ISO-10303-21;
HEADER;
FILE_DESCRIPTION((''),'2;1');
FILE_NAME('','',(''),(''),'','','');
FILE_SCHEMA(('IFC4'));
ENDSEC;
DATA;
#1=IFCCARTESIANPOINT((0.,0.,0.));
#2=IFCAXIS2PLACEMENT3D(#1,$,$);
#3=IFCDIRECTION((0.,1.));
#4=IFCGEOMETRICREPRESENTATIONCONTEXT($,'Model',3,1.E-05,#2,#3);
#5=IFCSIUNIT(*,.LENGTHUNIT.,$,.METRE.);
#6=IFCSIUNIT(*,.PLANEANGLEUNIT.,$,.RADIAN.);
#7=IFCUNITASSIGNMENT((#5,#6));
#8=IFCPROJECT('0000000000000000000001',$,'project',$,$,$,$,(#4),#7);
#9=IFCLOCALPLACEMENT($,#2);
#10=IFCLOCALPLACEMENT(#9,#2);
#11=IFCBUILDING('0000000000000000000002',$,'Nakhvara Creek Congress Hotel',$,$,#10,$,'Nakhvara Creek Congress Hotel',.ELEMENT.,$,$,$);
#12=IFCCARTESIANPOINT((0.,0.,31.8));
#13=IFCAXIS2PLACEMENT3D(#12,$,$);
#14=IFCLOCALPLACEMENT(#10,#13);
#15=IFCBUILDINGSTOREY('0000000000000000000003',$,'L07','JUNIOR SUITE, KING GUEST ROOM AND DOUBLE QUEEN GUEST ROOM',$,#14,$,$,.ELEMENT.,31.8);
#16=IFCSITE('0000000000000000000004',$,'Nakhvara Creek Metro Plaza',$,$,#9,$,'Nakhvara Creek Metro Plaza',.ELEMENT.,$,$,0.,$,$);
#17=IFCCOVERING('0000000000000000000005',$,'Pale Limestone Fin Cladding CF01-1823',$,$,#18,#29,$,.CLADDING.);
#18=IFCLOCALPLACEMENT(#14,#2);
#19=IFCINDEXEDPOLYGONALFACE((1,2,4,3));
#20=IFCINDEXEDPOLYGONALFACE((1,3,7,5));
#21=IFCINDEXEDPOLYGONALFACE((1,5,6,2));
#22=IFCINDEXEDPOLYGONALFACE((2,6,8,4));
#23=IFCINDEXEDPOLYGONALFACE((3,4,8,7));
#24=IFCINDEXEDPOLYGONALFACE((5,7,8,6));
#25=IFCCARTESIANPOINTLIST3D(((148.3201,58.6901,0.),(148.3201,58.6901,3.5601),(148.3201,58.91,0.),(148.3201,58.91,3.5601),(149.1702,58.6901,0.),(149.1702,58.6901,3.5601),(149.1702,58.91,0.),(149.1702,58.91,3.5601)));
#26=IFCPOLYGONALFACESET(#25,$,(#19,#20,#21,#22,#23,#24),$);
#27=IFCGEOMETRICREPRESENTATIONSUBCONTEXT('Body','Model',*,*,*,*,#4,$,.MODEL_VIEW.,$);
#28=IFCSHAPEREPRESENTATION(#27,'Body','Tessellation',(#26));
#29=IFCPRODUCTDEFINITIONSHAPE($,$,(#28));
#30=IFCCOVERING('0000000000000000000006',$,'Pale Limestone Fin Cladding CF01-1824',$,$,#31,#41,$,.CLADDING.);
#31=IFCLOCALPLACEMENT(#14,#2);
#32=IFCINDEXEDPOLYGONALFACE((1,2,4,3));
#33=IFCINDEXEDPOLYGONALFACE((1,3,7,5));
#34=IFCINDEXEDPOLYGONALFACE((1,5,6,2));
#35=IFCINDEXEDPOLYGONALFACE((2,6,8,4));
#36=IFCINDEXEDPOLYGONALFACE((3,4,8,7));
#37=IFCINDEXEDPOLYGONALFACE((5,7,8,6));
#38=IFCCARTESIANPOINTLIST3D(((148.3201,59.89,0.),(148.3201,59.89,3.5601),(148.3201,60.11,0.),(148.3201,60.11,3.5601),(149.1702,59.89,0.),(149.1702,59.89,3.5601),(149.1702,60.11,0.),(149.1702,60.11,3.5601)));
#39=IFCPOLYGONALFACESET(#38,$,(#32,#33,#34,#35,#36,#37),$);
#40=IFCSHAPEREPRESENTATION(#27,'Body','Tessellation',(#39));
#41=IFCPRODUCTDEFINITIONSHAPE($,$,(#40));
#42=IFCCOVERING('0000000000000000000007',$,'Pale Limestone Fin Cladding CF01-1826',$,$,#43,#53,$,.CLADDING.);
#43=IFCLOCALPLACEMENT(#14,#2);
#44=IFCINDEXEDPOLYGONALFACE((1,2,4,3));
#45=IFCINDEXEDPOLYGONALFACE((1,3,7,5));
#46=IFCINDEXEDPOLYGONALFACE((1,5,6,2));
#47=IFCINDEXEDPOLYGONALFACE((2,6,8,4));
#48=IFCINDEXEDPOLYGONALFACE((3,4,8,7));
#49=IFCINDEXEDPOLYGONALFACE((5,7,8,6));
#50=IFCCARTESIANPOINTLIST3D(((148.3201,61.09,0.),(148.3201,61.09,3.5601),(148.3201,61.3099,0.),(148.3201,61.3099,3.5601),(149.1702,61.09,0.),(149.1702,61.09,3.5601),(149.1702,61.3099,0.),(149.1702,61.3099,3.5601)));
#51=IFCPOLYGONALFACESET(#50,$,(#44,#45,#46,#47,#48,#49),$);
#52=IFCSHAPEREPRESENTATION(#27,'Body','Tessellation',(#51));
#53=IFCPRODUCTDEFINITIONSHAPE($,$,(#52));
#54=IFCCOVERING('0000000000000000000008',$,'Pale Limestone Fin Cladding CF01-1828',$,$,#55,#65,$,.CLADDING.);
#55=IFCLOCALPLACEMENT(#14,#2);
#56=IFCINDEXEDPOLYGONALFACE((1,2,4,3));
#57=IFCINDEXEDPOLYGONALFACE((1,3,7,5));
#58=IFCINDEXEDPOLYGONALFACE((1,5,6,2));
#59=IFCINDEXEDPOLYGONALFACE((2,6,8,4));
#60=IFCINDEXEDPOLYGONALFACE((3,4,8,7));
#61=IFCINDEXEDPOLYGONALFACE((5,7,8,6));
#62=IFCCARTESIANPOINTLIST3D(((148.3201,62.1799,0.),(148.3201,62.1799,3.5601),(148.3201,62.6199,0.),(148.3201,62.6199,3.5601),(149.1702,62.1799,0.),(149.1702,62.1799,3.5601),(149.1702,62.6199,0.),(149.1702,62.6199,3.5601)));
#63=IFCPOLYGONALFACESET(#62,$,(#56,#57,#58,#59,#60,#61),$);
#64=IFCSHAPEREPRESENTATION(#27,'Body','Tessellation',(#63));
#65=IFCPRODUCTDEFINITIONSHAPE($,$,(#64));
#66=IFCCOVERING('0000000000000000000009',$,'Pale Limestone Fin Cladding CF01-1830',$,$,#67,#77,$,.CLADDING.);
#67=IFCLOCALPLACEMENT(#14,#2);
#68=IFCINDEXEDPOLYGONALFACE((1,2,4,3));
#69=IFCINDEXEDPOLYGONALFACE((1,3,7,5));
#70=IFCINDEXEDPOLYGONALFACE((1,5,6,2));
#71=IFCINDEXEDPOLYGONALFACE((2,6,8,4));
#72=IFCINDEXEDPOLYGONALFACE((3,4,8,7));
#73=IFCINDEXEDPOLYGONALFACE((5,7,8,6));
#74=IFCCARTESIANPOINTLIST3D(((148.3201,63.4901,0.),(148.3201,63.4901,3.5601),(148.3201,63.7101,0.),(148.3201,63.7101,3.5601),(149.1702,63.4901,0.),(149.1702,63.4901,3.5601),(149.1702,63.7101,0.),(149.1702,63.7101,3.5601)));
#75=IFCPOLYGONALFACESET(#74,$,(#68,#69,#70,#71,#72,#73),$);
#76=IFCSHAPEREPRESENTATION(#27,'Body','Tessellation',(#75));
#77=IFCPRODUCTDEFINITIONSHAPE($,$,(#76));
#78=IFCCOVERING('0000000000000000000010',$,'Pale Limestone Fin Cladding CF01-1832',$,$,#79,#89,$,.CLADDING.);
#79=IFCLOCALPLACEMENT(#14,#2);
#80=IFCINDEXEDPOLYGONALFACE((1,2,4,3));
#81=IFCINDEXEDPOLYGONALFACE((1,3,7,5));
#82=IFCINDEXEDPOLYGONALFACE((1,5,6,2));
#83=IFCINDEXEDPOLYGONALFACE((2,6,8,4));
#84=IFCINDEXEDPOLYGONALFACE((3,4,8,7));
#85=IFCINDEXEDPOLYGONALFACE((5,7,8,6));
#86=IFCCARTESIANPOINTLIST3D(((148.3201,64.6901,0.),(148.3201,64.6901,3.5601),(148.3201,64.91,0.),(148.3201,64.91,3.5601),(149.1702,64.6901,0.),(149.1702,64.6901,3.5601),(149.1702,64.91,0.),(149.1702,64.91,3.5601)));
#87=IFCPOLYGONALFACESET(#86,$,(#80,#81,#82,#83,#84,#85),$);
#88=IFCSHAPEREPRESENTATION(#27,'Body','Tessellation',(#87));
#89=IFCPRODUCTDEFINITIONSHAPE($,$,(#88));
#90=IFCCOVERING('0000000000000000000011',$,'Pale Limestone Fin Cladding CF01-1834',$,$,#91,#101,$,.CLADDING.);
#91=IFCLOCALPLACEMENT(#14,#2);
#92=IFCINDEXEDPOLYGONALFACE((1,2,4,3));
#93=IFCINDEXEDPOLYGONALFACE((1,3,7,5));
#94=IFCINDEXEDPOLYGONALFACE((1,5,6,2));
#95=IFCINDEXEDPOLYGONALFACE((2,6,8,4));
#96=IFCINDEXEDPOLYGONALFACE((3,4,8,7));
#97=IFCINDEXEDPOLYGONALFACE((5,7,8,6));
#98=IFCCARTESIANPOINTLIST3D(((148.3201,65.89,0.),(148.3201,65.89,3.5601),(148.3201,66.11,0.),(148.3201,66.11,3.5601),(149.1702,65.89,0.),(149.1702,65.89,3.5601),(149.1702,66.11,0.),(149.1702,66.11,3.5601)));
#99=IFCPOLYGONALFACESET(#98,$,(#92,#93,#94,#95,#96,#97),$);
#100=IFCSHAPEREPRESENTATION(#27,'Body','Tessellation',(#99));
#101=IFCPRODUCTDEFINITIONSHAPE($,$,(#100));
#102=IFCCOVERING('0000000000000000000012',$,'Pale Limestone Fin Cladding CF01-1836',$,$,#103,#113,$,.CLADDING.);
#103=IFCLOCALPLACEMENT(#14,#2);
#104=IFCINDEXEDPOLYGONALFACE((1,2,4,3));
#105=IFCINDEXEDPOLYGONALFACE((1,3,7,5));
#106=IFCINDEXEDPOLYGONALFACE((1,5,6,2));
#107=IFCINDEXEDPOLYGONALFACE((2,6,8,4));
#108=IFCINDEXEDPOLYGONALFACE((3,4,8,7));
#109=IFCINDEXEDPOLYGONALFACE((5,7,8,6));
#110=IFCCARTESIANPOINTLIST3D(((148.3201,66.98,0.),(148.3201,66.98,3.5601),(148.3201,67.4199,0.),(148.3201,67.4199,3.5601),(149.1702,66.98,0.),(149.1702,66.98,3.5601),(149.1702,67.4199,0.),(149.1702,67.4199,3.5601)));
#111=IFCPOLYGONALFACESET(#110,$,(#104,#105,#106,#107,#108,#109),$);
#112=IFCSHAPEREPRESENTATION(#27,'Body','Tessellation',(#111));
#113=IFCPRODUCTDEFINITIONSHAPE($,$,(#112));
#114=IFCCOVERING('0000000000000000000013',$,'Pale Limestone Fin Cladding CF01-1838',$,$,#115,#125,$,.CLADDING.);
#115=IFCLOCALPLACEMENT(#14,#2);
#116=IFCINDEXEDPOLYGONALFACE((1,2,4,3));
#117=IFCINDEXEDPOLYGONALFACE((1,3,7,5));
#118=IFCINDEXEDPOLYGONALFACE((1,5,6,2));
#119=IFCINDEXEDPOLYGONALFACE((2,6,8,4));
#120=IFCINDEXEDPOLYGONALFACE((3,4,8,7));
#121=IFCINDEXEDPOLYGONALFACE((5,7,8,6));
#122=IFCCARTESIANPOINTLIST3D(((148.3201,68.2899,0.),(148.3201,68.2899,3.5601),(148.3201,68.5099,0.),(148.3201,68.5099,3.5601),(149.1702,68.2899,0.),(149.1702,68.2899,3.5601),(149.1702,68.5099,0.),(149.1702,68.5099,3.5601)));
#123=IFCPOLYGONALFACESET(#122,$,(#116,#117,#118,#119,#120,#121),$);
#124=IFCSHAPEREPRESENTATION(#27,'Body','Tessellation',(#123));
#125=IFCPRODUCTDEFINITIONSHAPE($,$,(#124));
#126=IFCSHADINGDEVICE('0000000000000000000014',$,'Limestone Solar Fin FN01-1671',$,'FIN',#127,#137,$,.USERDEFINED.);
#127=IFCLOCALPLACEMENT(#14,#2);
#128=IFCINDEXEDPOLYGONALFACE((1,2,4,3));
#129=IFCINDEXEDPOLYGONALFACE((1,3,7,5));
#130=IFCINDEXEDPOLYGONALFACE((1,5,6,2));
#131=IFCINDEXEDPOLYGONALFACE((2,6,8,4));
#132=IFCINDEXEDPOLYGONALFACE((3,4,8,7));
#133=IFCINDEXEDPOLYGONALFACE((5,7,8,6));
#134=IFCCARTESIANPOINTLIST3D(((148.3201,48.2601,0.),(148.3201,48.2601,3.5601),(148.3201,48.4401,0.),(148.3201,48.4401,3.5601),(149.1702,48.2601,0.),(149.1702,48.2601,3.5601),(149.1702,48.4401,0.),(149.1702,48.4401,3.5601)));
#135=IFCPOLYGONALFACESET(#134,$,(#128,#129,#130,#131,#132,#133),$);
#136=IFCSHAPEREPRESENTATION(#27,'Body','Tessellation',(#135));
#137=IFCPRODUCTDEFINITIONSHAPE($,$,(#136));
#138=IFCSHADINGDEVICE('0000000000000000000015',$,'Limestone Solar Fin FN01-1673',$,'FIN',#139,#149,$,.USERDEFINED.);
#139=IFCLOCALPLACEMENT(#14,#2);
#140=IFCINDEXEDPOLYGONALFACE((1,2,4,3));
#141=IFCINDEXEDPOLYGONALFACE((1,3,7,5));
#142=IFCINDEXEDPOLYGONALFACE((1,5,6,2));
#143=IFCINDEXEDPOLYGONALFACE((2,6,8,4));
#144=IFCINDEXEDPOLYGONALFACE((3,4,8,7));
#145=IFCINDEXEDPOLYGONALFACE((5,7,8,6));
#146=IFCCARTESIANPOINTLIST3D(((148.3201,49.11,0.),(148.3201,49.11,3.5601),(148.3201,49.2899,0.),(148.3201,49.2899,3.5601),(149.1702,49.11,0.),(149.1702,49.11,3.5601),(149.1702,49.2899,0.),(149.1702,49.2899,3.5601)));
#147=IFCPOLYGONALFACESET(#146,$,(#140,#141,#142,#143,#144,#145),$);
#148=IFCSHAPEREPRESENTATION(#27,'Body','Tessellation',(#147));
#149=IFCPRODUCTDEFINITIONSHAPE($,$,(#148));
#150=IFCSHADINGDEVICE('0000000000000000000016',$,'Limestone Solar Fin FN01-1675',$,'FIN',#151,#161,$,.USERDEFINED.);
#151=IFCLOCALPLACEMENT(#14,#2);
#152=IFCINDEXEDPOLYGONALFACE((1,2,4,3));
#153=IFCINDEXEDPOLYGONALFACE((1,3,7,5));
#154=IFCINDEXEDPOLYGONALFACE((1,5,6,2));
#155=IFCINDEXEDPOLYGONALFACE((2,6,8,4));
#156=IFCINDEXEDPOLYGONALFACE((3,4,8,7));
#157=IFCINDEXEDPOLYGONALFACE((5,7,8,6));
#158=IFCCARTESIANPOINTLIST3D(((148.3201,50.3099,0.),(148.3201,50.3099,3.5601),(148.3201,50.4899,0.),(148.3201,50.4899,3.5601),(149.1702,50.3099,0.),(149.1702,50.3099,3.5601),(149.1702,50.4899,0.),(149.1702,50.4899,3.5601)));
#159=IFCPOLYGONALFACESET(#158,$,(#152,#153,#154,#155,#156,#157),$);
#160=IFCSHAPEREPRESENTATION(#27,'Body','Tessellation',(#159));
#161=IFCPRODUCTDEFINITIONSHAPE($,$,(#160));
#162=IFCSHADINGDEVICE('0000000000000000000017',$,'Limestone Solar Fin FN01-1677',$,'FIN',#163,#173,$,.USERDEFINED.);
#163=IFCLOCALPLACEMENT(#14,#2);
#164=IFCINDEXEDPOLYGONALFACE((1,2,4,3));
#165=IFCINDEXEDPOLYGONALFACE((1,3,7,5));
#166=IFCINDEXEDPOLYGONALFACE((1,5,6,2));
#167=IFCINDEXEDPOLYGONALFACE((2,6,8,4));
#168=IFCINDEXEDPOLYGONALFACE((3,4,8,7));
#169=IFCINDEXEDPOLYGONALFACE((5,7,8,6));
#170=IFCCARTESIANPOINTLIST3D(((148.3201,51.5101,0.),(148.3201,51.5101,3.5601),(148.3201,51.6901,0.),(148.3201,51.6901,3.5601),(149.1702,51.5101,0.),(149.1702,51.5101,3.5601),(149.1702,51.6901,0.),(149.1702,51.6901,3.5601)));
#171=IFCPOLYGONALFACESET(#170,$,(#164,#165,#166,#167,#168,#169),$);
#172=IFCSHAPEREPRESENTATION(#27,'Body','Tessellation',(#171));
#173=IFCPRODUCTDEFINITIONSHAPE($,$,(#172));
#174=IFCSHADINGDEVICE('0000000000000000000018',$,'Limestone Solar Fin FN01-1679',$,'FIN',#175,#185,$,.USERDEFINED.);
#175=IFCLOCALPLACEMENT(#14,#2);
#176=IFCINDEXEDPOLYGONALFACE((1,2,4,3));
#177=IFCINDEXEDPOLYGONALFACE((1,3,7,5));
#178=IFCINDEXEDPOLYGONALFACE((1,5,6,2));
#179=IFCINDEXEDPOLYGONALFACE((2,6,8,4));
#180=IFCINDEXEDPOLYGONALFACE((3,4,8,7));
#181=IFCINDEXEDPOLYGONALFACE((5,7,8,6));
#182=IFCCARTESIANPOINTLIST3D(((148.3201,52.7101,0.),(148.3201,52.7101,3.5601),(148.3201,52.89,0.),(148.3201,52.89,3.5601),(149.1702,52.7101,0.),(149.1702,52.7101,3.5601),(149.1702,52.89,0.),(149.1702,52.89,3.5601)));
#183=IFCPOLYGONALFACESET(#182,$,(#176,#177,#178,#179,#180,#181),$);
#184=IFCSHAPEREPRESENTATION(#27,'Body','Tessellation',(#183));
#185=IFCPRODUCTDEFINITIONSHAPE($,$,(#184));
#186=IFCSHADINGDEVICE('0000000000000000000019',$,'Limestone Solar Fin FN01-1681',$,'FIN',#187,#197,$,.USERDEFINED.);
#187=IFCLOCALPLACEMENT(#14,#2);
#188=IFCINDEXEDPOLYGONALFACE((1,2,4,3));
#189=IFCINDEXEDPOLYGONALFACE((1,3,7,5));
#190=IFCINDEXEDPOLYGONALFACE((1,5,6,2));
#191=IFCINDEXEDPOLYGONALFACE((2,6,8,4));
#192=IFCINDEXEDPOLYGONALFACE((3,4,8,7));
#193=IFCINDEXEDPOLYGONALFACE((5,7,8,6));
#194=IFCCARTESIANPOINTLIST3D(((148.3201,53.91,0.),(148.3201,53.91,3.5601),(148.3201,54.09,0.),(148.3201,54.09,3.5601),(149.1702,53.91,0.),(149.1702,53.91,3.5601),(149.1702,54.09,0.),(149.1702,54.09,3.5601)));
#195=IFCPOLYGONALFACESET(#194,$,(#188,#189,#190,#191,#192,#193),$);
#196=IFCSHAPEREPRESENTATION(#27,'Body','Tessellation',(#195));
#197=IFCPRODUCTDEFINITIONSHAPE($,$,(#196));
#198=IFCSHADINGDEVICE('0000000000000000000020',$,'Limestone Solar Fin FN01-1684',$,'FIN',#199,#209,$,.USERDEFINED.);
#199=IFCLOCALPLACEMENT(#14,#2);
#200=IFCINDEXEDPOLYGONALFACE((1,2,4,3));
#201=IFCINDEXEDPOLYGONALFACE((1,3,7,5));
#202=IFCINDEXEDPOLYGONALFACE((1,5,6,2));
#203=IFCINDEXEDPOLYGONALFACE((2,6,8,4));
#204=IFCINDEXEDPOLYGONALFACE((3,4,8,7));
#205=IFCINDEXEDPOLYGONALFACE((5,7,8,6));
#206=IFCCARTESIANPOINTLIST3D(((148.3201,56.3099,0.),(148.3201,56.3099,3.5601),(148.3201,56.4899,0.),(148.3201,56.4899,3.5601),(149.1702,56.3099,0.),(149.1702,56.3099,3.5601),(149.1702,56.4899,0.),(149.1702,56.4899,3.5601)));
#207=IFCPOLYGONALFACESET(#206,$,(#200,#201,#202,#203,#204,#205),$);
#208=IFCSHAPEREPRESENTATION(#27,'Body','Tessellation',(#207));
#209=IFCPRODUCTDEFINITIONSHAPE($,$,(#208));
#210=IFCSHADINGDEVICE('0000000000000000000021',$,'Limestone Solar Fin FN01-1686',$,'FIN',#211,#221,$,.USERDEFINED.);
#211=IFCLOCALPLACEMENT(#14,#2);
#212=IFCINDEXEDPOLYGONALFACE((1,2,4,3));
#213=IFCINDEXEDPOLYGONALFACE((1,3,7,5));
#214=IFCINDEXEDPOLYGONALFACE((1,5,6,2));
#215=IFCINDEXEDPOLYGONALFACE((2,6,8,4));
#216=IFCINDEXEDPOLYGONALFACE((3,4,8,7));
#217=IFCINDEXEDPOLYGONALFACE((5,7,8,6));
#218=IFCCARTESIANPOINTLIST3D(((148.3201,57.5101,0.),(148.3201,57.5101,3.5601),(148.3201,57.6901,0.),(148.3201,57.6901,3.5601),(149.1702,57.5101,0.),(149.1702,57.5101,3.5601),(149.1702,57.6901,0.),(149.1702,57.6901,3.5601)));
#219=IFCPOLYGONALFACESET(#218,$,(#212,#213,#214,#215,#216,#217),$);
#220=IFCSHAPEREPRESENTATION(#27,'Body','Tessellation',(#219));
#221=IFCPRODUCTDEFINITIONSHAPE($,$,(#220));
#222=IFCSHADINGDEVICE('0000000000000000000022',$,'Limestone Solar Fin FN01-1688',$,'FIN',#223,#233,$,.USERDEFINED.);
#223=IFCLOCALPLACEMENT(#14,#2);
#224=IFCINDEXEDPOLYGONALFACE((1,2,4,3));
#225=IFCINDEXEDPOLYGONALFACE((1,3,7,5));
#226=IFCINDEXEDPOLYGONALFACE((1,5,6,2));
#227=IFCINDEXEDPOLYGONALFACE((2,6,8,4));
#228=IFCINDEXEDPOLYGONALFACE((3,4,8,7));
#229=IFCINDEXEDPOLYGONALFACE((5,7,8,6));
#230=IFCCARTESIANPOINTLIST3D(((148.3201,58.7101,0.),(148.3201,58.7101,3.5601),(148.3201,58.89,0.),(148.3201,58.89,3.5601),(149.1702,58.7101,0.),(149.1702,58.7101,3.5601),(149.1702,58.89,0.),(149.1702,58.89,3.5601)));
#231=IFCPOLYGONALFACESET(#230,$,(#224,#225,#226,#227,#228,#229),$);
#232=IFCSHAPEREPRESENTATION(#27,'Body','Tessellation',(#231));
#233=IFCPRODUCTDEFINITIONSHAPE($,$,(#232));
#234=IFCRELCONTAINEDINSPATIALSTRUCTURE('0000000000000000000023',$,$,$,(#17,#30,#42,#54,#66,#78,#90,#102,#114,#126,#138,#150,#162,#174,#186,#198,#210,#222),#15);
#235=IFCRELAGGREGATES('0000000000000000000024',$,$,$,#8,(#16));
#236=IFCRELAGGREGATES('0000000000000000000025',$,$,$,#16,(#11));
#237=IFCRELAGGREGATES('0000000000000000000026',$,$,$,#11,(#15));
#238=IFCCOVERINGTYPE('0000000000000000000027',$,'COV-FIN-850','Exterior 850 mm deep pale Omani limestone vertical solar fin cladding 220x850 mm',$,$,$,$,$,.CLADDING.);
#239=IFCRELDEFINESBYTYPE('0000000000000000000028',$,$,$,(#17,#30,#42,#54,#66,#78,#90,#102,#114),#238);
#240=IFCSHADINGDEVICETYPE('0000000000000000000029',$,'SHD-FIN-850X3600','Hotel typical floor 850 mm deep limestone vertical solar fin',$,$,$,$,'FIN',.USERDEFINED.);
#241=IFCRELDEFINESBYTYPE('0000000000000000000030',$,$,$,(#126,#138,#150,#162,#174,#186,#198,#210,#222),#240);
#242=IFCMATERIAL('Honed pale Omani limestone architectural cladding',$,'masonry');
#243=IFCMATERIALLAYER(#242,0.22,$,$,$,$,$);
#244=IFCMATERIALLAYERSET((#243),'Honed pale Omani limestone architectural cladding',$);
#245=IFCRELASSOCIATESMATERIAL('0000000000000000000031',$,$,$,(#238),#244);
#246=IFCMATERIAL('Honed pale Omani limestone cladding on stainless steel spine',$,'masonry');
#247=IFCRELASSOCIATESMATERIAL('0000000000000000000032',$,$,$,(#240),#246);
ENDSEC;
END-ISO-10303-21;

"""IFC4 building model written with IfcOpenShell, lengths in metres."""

from ifc_helpers import new_model, si_unit, direction, frame, origin, origin_2d, place, context, subcontext, project, spatial, rectangle, extrude, material, layer, layer_set, type_object, element, save


model = new_model("IFC4")

# Units and contexts
model_context = context("Model", 3, precision=1e-05, world=origin(), true_north=direction((0.0, 1.0)))
body_context = subcontext(model_context, "Body", "Model", "MODEL_VIEW")
ifc_project = project(units=[si_unit("LENGTHUNIT", "METRE"), si_unit("PLANEANGLEUNIT", "RADIAN")], contexts=[model_context])

# Site, building, storey
site_placement = place(None, origin())
site = spatial("IfcSite", under=ifc_project, at=site_placement, Name="Nakhvara Creek Metro Plaza", LongName="Nakhvara Creek Metro Plaza", CompositionType="ELEMENT", RefElevation=0.0)
building_placement = place(site_placement, origin())
building = spatial("IfcBuilding", under=site, at=building_placement, Name="Nakhvara Creek Congress Hotel", LongName="Nakhvara Creek Congress Hotel", CompositionType="ELEMENT")
storey_placement = place(building_placement, frame((0.0, 0.0, 31.8)))
storey = spatial("IfcBuildingStorey", under=building, at=storey_placement, Name="L07", Description="JUNIOR SUITE, KING GUEST ROOM AND DOUBLE QUEEN GUEST ROOM", CompositionType="ELEMENT", Elevation=31.8)

# Coverings
ifc_material_1 = material(Name="Honed pale Omani limestone architectural cladding", Category="masonry")
ifc_layer_1 = layer(ifc_material_1, 0.22)
ifc_layer_set_1 = layer_set([ifc_layer_1], Name="Honed pale Omani limestone architectural cladding")
covering_type = type_object("IfcCoveringType", Name="COV-FIN-850", Description="Exterior 850 mm deep pale Omani limestone vertical solar fin cladding 220x850 mm", PredefinedType="CLADDING", material=ifc_layer_set_1)
for number, where, z_axis, x_axis, name in (
    (1, (148.7451, 58.8, 0.0), (0.0, 0.0, 1.0), (0.0, 1.0, 0.0), "Pale Limestone Fin Cladding CF01-1823"),
    (2, (148.7451, 60.0, 0.0), (0.0, 0.0, 1.0), (0.0, 1.0, 0.0), "Pale Limestone Fin Cladding CF01-1824"),
    (3, (148.7451, 61.2, 0.0), (0.0, 0.0, 1.0), (0.0, 1.0, 0.0), "Pale Limestone Fin Cladding CF01-1826"),
):
    element("IfcCovering", number, at=place(storey_placement, frame(where, z_axis=z_axis, x_axis=x_axis)), inside=storey, type_object=covering_type, Name=name, PredefinedType="CLADDING", context=body_context, shape_type="SweptSolid", body=[
        extrude(rectangle(XDim=0.22, YDim=0.8501, at=origin_2d()), origin(), (0.0, 0.0, 1.0), 3.5601),
    ])
covering_1_placement = place(storey_placement, frame((148.7451, 62.3999, 0.0), z_axis=(0.0, 0.0, 1.0), x_axis=(0.0, 1.0, 0.0)))
element("IfcCovering", 4, at=covering_1_placement, inside=storey, type_object=covering_type, Name="Pale Limestone Fin Cladding CF01-1828", PredefinedType="CLADDING", context=body_context, shape_type="SweptSolid", body=[
    extrude(rectangle(XDim=0.4399, YDim=0.8501, at=origin_2d()), origin(), (0.0, 0.0, 1.0), 3.5601),
])
for number, where, z_axis, x_axis, name in (
    (5, (148.7451, 63.6001, 0.0), (0.0, 0.0, 1.0), (0.0, 1.0, 0.0), "Pale Limestone Fin Cladding CF01-1830"),
    (6, (148.7451, 64.8, 0.0), (0.0, 0.0, 1.0), (0.0, 1.0, 0.0), "Pale Limestone Fin Cladding CF01-1832"),
    (7, (148.7451, 66.0, 0.0), (0.0, 0.0, 1.0), (0.0, 1.0, 0.0), "Pale Limestone Fin Cladding CF01-1834"),
):
    element("IfcCovering", number, at=place(storey_placement, frame(where, z_axis=z_axis, x_axis=x_axis)), inside=storey, type_object=covering_type, Name=name, PredefinedType="CLADDING", context=body_context, shape_type="SweptSolid", body=[
        extrude(rectangle(XDim=0.22, YDim=0.8501, at=origin_2d()), origin(), (0.0, 0.0, 1.0), 3.5601),
    ])
covering_2_placement = place(storey_placement, frame((148.7451, 67.2, 0.0), z_axis=(0.0, 0.0, 1.0), x_axis=(0.0, 1.0, 0.0)))
element("IfcCovering", 8, at=covering_2_placement, inside=storey, type_object=covering_type, Name="Pale Limestone Fin Cladding CF01-1836", PredefinedType="CLADDING", context=body_context, shape_type="SweptSolid", body=[
    extrude(rectangle(XDim=0.4399, YDim=0.8501, at=origin_2d()), origin(), (0.0, 0.0, 1.0), 3.5601),
])
covering_3_placement = place(storey_placement, frame((148.7451, 68.3999, 0.0), z_axis=(0.0, 0.0, 1.0), x_axis=(0.0, 1.0, 0.0)))
element("IfcCovering", 9, at=covering_3_placement, inside=storey, type_object=covering_type, Name="Pale Limestone Fin Cladding CF01-1838", PredefinedType="CLADDING", context=body_context, shape_type="SweptSolid", body=[
    extrude(rectangle(XDim=0.22, YDim=0.8501, at=origin_2d()), origin(), (0.0, 0.0, 1.0), 3.5601),
])

# Shading devices
ifc_material_2 = material(Name="Honed pale Omani limestone cladding on stainless steel spine", Category="masonry")
shading_device_type = type_object("IfcShadingDeviceType", Name="SHD-FIN-850X3600", Description="Hotel typical floor 850 mm deep limestone vertical solar fin", ElementType="FIN", PredefinedType="USERDEFINED", material=ifc_material_2)
for number, where, z_axis, x_axis, name in (
    (10, (148.7451, 48.3501, 0.0), (0.0, 0.0, 1.0), (0.0, 1.0, 0.0), "Limestone Solar Fin FN01-1671"),
    (11, (148.7451, 49.2, 0.0), (0.0, 0.0, 1.0), (0.0, 1.0, 0.0), "Limestone Solar Fin FN01-1673"),
    (12, (148.7451, 50.3999, 0.0), (0.0, 0.0, 1.0), (0.0, 1.0, 0.0), "Limestone Solar Fin FN01-1675"),
    (13, (148.7451, 51.6001, 0.0), (0.0, 0.0, 1.0), (0.0, 1.0, 0.0), "Limestone Solar Fin FN01-1677"),
    (14, (148.7451, 52.8, 0.0), (0.0, 0.0, 1.0), (0.0, 1.0, 0.0), "Limestone Solar Fin FN01-1679"),
    (15, (148.7451, 54.0, 0.0), (0.0, 0.0, 1.0), (0.0, 1.0, 0.0), "Limestone Solar Fin FN01-1681"),
    (16, (148.7451, 56.3999, 0.0), (0.0, 0.0, 1.0), (0.0, 1.0, 0.0), "Limestone Solar Fin FN01-1684"),
    (17, (148.7451, 57.6001, 0.0), (0.0, 0.0, 1.0), (0.0, 1.0, 0.0), "Limestone Solar Fin FN01-1686"),
    (18, (148.7451, 58.8, 0.0), (0.0, 0.0, 1.0), (0.0, 1.0, 0.0), "Limestone Solar Fin FN01-1688"),
):
    element("IfcShadingDevice", number, at=place(storey_placement, frame(where, z_axis=z_axis, x_axis=x_axis)), inside=storey, type_object=shading_device_type, Name=name, ObjectType="FIN", PredefinedType="USERDEFINED", context=body_context, shape_type="SweptSolid", body=[
        extrude(rectangle(XDim=0.1799, YDim=0.8501, at=origin_2d()), origin(), (0.0, 0.0, 1.0), 3.5601),
    ])

save(model, "model.ifc")
